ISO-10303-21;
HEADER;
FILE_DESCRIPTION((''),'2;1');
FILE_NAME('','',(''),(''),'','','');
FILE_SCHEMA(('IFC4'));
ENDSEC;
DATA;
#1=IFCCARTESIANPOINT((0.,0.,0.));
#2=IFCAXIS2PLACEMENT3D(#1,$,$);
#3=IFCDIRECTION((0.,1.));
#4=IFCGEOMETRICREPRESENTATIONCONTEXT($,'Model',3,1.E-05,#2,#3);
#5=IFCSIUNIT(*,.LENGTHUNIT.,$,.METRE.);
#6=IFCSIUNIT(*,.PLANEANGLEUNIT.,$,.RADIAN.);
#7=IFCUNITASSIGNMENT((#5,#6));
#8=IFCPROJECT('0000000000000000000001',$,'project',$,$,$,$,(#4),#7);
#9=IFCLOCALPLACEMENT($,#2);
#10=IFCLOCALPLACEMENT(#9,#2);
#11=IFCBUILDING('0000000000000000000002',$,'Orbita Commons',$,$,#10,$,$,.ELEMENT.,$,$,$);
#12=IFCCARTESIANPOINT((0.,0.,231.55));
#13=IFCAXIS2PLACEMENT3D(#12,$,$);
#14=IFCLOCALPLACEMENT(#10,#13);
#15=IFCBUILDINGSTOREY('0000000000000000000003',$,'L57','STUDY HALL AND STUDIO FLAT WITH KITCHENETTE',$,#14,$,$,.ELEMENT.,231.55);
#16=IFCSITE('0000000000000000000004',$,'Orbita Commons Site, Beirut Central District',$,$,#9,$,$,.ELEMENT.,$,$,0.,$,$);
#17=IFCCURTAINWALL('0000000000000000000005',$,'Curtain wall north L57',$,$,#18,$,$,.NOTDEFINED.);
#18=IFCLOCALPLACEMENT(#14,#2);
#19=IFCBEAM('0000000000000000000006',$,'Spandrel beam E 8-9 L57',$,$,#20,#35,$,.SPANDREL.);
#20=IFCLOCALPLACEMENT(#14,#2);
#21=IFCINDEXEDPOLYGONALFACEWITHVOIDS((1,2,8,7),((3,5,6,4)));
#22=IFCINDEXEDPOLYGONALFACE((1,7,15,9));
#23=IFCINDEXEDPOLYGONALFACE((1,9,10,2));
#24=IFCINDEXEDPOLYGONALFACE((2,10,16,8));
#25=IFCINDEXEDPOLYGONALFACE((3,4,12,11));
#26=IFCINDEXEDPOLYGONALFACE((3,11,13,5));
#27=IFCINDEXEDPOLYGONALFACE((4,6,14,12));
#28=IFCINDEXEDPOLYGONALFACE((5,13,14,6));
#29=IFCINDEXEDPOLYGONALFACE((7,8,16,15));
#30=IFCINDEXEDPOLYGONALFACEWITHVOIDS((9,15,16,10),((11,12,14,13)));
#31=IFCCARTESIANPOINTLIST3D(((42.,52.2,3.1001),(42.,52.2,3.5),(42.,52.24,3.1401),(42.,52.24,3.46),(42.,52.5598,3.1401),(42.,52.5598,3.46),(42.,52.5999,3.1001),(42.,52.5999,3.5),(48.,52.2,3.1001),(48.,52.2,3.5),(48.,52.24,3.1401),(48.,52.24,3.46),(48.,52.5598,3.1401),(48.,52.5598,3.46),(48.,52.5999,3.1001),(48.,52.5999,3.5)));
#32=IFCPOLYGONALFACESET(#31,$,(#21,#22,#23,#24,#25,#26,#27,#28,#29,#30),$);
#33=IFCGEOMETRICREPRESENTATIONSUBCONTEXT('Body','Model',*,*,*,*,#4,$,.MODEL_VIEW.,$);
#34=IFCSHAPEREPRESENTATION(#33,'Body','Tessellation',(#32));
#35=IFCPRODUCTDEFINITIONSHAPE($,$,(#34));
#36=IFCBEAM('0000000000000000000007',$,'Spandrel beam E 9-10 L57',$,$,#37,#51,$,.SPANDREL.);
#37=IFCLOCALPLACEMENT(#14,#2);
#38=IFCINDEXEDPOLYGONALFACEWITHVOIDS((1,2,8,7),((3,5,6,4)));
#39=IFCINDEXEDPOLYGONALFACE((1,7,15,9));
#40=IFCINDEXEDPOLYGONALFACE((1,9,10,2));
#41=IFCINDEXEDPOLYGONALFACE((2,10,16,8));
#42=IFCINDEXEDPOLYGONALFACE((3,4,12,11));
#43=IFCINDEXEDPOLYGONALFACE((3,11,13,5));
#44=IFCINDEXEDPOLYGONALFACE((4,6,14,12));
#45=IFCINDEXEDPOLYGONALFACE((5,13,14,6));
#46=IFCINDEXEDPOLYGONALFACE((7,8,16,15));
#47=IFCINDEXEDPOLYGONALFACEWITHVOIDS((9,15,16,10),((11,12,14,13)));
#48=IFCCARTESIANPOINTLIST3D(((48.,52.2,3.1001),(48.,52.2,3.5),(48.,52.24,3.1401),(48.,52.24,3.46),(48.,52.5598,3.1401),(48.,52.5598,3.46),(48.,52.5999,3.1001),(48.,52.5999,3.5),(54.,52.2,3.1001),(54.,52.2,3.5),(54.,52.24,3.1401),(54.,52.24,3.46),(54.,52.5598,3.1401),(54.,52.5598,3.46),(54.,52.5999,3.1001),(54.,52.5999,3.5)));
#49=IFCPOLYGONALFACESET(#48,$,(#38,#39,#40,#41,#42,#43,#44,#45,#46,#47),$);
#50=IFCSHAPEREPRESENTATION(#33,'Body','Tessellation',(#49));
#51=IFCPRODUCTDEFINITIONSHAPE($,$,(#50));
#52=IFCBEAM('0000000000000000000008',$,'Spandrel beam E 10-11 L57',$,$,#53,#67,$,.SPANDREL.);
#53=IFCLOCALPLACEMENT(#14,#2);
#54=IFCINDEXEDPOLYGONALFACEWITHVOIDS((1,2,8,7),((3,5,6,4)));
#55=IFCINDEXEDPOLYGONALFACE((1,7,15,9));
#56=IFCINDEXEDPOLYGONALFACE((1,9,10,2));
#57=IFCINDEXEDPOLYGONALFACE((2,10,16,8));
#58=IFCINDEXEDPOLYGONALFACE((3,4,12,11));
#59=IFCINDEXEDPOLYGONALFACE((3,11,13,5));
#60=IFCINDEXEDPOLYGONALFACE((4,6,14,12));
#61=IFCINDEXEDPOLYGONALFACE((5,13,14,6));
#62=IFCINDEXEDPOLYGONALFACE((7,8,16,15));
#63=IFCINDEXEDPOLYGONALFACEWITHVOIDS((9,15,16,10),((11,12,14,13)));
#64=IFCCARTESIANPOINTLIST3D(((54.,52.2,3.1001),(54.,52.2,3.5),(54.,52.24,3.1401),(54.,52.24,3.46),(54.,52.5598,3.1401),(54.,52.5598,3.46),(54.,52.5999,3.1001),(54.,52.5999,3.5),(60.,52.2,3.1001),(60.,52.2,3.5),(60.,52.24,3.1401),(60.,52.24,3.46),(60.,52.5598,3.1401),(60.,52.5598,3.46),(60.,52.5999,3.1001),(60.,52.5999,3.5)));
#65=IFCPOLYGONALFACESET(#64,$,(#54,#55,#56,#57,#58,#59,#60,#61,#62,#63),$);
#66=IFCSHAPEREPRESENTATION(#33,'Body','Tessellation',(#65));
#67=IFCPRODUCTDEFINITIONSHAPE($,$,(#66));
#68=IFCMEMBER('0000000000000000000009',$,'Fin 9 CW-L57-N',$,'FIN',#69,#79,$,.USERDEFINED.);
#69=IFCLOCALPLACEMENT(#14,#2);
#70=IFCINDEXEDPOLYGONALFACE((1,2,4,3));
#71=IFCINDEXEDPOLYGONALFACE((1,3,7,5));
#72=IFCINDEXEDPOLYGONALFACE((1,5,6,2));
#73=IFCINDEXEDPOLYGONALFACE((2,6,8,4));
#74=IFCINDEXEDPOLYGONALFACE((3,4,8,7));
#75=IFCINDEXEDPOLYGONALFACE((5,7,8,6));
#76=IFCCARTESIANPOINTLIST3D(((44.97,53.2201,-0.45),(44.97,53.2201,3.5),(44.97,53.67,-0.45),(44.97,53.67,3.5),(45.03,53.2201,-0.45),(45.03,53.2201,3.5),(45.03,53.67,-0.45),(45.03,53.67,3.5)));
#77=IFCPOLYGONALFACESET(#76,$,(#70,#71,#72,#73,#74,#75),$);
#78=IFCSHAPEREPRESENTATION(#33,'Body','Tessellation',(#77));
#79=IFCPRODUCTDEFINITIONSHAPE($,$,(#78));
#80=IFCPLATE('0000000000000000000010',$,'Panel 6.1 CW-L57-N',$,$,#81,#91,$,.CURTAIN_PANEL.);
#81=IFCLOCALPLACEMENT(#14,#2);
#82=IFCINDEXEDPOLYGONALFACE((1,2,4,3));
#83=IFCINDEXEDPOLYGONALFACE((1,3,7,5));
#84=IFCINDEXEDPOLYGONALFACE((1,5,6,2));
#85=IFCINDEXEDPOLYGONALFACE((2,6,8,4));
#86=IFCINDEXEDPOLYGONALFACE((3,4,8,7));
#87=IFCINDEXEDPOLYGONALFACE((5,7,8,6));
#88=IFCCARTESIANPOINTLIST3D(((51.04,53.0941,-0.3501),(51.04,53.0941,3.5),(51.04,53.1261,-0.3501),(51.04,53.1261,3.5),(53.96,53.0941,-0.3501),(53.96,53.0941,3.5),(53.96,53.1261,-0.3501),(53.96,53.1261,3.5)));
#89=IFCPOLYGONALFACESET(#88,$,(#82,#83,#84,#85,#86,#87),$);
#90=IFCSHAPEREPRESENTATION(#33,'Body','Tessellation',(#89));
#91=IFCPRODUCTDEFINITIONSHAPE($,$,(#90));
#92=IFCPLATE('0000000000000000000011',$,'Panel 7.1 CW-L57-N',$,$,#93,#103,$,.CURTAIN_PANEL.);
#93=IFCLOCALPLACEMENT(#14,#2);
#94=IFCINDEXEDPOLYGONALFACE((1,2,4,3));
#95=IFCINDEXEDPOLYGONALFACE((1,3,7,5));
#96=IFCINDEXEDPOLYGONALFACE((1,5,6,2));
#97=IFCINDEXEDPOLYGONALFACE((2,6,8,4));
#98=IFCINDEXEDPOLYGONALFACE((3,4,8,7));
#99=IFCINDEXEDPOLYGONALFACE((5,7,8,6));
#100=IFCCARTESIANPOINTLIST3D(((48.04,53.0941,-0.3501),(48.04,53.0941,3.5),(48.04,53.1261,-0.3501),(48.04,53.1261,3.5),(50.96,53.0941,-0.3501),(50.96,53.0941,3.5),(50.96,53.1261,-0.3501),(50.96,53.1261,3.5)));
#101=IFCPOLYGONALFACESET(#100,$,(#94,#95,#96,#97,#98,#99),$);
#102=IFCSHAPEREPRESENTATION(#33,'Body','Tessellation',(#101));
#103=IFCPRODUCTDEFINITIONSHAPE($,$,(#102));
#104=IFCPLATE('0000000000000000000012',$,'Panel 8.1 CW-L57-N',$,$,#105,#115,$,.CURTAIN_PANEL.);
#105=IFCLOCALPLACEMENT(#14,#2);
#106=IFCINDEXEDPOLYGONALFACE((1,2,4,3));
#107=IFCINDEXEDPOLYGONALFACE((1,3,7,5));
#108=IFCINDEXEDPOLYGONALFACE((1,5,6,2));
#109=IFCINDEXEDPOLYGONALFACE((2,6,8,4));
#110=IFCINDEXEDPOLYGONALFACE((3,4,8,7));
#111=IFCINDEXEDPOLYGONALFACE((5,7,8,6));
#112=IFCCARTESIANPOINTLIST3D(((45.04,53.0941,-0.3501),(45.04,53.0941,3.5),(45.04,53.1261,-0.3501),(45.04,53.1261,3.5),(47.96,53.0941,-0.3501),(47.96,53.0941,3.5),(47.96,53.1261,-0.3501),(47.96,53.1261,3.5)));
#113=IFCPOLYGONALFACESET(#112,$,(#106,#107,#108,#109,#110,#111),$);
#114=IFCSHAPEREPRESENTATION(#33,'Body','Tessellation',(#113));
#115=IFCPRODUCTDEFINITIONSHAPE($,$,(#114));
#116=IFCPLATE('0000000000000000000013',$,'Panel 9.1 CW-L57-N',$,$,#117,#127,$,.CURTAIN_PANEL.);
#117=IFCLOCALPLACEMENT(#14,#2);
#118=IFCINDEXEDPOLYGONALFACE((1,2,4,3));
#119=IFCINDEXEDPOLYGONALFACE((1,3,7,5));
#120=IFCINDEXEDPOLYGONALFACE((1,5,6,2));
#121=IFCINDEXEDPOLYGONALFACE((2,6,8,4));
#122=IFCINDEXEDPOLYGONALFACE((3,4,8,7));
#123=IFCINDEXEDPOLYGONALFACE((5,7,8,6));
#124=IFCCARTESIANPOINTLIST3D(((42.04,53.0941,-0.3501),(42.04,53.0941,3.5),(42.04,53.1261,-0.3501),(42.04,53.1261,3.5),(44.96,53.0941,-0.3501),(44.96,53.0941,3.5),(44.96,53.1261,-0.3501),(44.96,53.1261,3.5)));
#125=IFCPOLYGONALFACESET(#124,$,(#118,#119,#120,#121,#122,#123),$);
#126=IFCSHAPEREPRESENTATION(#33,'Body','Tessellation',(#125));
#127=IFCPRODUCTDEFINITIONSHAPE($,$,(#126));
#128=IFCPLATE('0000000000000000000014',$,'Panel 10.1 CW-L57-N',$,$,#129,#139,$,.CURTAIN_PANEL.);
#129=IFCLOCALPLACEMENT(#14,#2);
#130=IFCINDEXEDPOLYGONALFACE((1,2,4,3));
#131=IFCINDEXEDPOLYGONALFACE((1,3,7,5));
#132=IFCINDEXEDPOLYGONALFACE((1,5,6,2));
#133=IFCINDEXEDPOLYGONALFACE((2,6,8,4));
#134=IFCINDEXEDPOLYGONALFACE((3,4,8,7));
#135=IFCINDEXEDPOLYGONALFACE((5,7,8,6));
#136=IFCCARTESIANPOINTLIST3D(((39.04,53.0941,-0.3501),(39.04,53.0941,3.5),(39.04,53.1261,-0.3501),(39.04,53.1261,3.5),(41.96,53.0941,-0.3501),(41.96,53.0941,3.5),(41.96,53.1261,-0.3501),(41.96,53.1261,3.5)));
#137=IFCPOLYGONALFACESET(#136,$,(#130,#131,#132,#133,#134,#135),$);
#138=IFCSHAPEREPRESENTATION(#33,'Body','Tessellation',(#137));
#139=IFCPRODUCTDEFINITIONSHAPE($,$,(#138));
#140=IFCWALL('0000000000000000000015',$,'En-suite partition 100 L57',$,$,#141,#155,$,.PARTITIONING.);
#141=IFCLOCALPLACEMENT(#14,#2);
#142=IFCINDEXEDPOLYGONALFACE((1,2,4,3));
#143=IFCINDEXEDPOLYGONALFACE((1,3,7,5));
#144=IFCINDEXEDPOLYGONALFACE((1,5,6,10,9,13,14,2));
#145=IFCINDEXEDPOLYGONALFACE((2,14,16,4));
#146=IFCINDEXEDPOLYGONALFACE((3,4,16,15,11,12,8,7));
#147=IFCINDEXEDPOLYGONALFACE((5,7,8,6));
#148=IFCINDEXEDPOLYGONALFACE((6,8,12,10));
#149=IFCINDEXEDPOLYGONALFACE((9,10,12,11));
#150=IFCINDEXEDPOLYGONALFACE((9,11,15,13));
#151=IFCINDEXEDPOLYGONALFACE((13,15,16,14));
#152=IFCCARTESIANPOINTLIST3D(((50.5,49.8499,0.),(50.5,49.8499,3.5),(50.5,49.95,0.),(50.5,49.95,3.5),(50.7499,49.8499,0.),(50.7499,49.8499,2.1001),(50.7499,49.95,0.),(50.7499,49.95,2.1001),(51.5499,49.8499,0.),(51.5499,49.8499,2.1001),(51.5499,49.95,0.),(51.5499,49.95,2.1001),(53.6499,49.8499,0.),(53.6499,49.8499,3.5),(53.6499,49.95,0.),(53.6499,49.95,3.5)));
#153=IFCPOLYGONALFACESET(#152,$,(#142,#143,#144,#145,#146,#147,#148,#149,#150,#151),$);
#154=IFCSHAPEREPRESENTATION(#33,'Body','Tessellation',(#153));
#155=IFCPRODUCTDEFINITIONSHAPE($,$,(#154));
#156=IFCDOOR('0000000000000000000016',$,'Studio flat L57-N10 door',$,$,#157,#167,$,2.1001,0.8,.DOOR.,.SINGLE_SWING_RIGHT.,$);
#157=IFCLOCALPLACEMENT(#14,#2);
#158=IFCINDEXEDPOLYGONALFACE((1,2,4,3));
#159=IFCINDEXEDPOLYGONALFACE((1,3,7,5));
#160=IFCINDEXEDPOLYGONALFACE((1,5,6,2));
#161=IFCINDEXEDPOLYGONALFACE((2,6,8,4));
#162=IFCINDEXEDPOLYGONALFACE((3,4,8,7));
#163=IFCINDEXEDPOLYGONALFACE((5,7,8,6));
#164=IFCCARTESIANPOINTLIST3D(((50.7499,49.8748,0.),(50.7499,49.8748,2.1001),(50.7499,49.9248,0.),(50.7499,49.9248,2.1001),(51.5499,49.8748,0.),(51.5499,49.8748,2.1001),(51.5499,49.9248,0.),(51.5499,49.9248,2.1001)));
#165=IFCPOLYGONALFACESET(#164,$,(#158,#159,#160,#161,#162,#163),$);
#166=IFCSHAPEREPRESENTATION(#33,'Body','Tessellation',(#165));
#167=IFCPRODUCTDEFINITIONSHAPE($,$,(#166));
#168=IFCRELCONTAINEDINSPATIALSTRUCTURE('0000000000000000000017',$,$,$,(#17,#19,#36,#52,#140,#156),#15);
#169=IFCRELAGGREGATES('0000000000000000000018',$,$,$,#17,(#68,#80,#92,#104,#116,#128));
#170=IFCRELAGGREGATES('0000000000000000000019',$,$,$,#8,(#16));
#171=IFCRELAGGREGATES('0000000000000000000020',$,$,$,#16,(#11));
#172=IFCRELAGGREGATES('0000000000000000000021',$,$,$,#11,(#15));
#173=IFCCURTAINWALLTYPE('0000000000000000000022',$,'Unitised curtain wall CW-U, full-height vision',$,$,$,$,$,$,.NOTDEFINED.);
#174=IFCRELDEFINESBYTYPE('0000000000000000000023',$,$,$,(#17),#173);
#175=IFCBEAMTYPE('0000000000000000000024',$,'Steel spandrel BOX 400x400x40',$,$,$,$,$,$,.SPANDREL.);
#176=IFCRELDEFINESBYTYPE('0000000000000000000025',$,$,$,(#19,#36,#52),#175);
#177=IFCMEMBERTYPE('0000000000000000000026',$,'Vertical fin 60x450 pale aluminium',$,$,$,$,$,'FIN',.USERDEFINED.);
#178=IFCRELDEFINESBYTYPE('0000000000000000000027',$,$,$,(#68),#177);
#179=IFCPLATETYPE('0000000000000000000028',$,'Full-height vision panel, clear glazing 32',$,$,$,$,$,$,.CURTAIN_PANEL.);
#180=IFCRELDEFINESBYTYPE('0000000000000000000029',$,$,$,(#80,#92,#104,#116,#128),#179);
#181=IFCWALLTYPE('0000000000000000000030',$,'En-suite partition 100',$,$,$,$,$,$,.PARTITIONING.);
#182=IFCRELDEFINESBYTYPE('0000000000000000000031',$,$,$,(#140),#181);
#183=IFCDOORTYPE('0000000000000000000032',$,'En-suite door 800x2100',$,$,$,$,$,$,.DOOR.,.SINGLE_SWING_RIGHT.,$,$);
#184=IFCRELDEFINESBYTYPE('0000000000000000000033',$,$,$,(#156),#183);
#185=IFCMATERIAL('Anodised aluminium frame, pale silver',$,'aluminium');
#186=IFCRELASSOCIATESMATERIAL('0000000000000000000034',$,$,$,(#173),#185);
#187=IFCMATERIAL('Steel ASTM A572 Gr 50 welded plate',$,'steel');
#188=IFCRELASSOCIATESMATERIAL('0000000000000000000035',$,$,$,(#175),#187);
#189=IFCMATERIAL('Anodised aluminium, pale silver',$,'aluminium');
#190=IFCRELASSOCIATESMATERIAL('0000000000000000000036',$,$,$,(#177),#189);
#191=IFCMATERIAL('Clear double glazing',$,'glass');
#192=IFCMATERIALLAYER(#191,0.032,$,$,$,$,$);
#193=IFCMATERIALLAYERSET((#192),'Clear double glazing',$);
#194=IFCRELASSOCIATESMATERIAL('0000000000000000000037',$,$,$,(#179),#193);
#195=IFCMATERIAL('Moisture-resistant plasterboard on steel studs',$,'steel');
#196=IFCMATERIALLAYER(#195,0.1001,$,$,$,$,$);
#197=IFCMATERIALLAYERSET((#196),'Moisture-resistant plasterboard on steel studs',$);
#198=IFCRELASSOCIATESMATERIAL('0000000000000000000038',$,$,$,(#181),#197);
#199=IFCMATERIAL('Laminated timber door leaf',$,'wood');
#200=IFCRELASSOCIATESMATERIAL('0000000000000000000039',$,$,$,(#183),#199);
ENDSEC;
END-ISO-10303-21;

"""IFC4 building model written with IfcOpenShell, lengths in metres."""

from ifc_helpers import new_model, si_unit, direction, frame, frame_2d, origin, origin_2d, place, context, subcontext, project, spatial, rectangle, hollow_rectangle, extrude, material, layer, layer_set, material_profile, profile_set, type_object, element, fill, aggregate, save


model = new_model("IFC4")

# Units and contexts
model_context = context("Model", 3, precision=1e-05, world=origin(), true_north=direction((0.0, 1.0)))
body_context = subcontext(model_context, "Body", "Model", "MODEL_VIEW")
ifc_project = project(units=[si_unit("LENGTHUNIT", "METRE"), si_unit("PLANEANGLEUNIT", "RADIAN")], contexts=[model_context])

# Site, building, storey
site_placement = place(None, origin())
site = spatial("IfcSite", under=ifc_project, at=site_placement, Name="Orbita Commons Site, Beirut Central District", CompositionType="ELEMENT", RefElevation=0.0)
building_placement = place(site_placement, origin())
building = spatial("IfcBuilding", under=site, at=building_placement, Name="Orbita Commons", CompositionType="ELEMENT")
storey_placement = place(building_placement, frame((0.0, 0.0, 231.55)))
storey = spatial("IfcBuildingStorey", under=building, at=storey_placement, Name="L57", Description="STUDY HALL AND STUDIO FLAT WITH KITCHENETTE", CompositionType="ELEMENT", Elevation=231.55)

# Curtain wall
ifc_material_1 = material(Name="Anodised aluminium frame, pale silver", Category="aluminium")
curtain_wall_type = type_object("IfcCurtainWallType", Name="Unitised curtain wall CW-U, full-height vision", PredefinedType="NOTDEFINED", material=ifc_material_1)
curtain_wall_placement = place(storey_placement, origin())
curtain_wall = element("IfcCurtainWall", 1, at=curtain_wall_placement, inside=storey, type_object=curtain_wall_type, Name="Curtain wall north L57", PredefinedType="NOTDEFINED")

# Beams
ifc_material_2 = material(Name="Steel ASTM A572 Gr 50 welded plate", Category="steel")
ifc_material_profile_1 = material_profile(ifc_material_2, hollow_rectangle(XDim=0.3999, YDim=0.3999, WallThickness=0.04, at=origin_2d()), Name="BOX 400x400x40")
ifc_profile_set_1 = profile_set([ifc_material_profile_1], Name="Steel ASTM A572 Gr 50 welded plate")
beam_type = type_object("IfcBeamType", Name="Steel spandrel BOX 400x400x40", PredefinedType="SPANDREL", material=ifc_profile_set_1)
for number, where, z_axis, x_axis, name in (
    (2, (42.0, 52.3999, 3.3), (1.0, 0.0, 0.0), (0.0, 1.0, 0.0), "Spandrel beam E 8-9 L57"),
    (3, (48.0, 52.3999, 3.3), (1.0, 0.0, 0.0), (0.0, 1.0, 0.0), "Spandrel beam E 9-10 L57"),
    (4, (54.0, 52.3999, 3.3), (1.0, 0.0, 0.0), (0.0, 1.0, 0.0), "Spandrel beam E 10-11 L57"),
):
    element("IfcBeam", number, at=place(storey_placement, frame(where, z_axis=z_axis, x_axis=x_axis)), inside=storey, type_object=beam_type, Name=name, PredefinedType="SPANDREL", context=body_context, shape_type="SweptSolid", body=[
        extrude(hollow_rectangle(XDim=0.3999, YDim=0.3999, WallThickness=0.04, at=origin_2d()), origin(), (0.0, 0.0, 1.0), 6.0),
    ])

# Member
ifc_material_3 = material(Name="Anodised aluminium, pale silver", Category="aluminium")
ifc_material_profile_2 = material_profile(ifc_material_3, rectangle(XDim=0.0601, YDim=0.45, at=origin_2d()), Name="FIN 60x450")
ifc_profile_set_2 = profile_set([ifc_material_profile_2], Name="Anodised aluminium, pale silver")
member_type_1 = type_object("IfcMemberType", Name="Vertical fin 60x450 pale aluminium", ElementType="FIN", PredefinedType="USERDEFINED", material=ifc_profile_set_2)
member_1_placement = place(storey_placement, frame((45.0, 53.4451, -0.45), z_axis=(0.0, 0.0, 1.0), x_axis=(-1.0, 0.0, 0.0)))
member_1 = element("IfcMember", 5, at=member_1_placement, type_object=member_type_1, Name="Fin 9 CW-L57-N", ObjectType="FIN", PredefinedType="USERDEFINED", context=body_context, shape_type="SweptSolid", body=[
    extrude(rectangle(XDim=0.0601, YDim=0.45, at=origin_2d()), origin(), (0.0, 0.0, 1.0), 3.95),
])

# Plates
ifc_material_4 = material(Name="Clear double glazing", Category="glass")
ifc_layer_1 = layer(ifc_material_4, 0.032)
ifc_layer_set_1 = layer_set([ifc_layer_1], Name="Clear double glazing")
plate_type = type_object("IfcPlateType", Name="Full-height vision panel, clear glazing 32", PredefinedType="CURTAIN_PANEL", material=ifc_layer_set_1)
plate_1_placement = place(storey_placement, frame((52.5, 53.1101, -0.3501), z_axis=(0.0, 0.0, 1.0), x_axis=(-1.0, 0.0, 0.0)))
plate_1 = element("IfcPlate", 6, at=plate_1_placement, type_object=plate_type, Name="Panel 6.1 CW-L57-N", PredefinedType="CURTAIN_PANEL", context=body_context, shape_type="SweptSolid", body=[
    extrude(rectangle(XDim=2.9199, YDim=0.032, at=origin_2d()), origin(), (0.0, 0.0, 1.0), 3.8501),
])
plate_2_placement = place(storey_placement, frame((49.5, 53.1101, -0.3501), z_axis=(0.0, 0.0, 1.0), x_axis=(-1.0, 0.0, 0.0)))
plate_2 = element("IfcPlate", 7, at=plate_2_placement, type_object=plate_type, Name="Panel 7.1 CW-L57-N", PredefinedType="CURTAIN_PANEL", context=body_context, shape_type="SweptSolid", body=[
    extrude(rectangle(XDim=2.9199, YDim=0.032, at=origin_2d()), origin(), (0.0, 0.0, 1.0), 3.8501),
])
plate_3_placement = place(storey_placement, frame((46.5, 53.1101, -0.3501), z_axis=(0.0, 0.0, 1.0), x_axis=(-1.0, 0.0, 0.0)))
plate_3 = element("IfcPlate", 8, at=plate_3_placement, type_object=plate_type, Name="Panel 8.1 CW-L57-N", PredefinedType="CURTAIN_PANEL", context=body_context, shape_type="SweptSolid", body=[
    extrude(rectangle(XDim=2.9199, YDim=0.032, at=origin_2d()), origin(), (0.0, 0.0, 1.0), 3.8501),
])
plate_4_placement = place(storey_placement, frame((43.5, 53.1101, -0.3501), z_axis=(0.0, 0.0, 1.0), x_axis=(-1.0, 0.0, 0.0)))
plate_4 = element("IfcPlate", 9, at=plate_4_placement, type_object=plate_type, Name="Panel 9.1 CW-L57-N", PredefinedType="CURTAIN_PANEL", context=body_context, shape_type="SweptSolid", body=[
    extrude(rectangle(XDim=2.9199, YDim=0.032, at=origin_2d()), origin(), (0.0, 0.0, 1.0), 3.8501),
])
plate_5_placement = place(storey_placement, frame((40.5, 53.1101, -0.3501), z_axis=(0.0, 0.0, 1.0), x_axis=(-1.0, 0.0, 0.0)))
plate_5 = element("IfcPlate", 10, at=plate_5_placement, type_object=plate_type, Name="Panel 10.1 CW-L57-N", PredefinedType="CURTAIN_PANEL", context=body_context, shape_type="SweptSolid", body=[
    extrude(rectangle(XDim=2.9199, YDim=0.032, at=origin_2d()), origin(), (0.0, 0.0, 1.0), 3.8501),
])
aggregate(curtain_wall, [member_1, plate_1, plate_2, plate_3, plate_4, plate_5])

# Wall, opening, door
ifc_material_5 = material(Name="Moisture-resistant plasterboard on steel studs", Category="steel")
ifc_layer_2 = layer(ifc_material_5, 0.1001)
ifc_layer_set_2 = layer_set([ifc_layer_2], Name="Moisture-resistant plasterboard on steel studs")
wall_type_1 = type_object("IfcWallType", Name="En-suite partition 100", PredefinedType="PARTITIONING", material=ifc_layer_set_2)
wall_1_placement = place(storey_placement, frame((50.5, 49.8999, 0.0), z_axis=(0.0, 0.0, 1.0), x_axis=(1.0, 0.0, 0.0)))
wall_1 = element("IfcWall", 11, at=wall_1_placement, inside=storey, type_object=wall_type_1, Name="En-suite partition 100 L57", PredefinedType="PARTITIONING", context=body_context, shape_type="SweptSolid", body=[
    extrude(rectangle(XDim=3.1499, YDim=0.1001, at=frame_2d((1.575, 0.0))), origin(), (0.0, 0.0, 1.0), 3.5),
])
opening_1_placement = place(wall_1_placement, frame((0.25, 0.0, 0.0)))
opening_1 = element("IfcOpeningElement", 12, at=opening_1_placement, cuts=wall_1, PredefinedType="OPENING", context=body_context, shape_type="SweptSolid", body=[
    extrude(rectangle(XDim=0.8, YDim=2.1001, at=frame_2d((0.3999, 1.05))), frame((0.0, 0.0601, 0.0), z_axis=(0.0, -1.0, 0.0), x_axis=(1.0, 0.0, 0.0)), (0.0, 0.0, 1.0), 0.1201),
])
ifc_material_6 = material(Name="Laminated timber door leaf", Category="wood")
door_type = type_object("IfcDoorType", Name="En-suite door 800x2100", OperationType="SINGLE_SWING_RIGHT", PredefinedType="DOOR", material=ifc_material_6)
door_1_placement = place(opening_1_placement, origin())
door_1 = element("IfcDoor", 13, at=door_1_placement, inside=storey, type_object=door_type, Name="Studio flat L57-N10 door", OperationType="SINGLE_SWING_RIGHT", OverallHeight=2.1001, OverallWidth=0.8, PredefinedType="DOOR", context=body_context, shape_type="SweptSolid", body=[
    extrude(rectangle(XDim=0.8, YDim=2.1001, at=frame_2d((0.3999, 1.05))), frame((0.0, 0.0249, 0.0), z_axis=(0.0, -1.0, 0.0), x_axis=(1.0, 0.0, 0.0)), (0.0, 0.0, 1.0), 0.05),
])
fill(opening_1, door_1)

save(model, "model.ifc")
